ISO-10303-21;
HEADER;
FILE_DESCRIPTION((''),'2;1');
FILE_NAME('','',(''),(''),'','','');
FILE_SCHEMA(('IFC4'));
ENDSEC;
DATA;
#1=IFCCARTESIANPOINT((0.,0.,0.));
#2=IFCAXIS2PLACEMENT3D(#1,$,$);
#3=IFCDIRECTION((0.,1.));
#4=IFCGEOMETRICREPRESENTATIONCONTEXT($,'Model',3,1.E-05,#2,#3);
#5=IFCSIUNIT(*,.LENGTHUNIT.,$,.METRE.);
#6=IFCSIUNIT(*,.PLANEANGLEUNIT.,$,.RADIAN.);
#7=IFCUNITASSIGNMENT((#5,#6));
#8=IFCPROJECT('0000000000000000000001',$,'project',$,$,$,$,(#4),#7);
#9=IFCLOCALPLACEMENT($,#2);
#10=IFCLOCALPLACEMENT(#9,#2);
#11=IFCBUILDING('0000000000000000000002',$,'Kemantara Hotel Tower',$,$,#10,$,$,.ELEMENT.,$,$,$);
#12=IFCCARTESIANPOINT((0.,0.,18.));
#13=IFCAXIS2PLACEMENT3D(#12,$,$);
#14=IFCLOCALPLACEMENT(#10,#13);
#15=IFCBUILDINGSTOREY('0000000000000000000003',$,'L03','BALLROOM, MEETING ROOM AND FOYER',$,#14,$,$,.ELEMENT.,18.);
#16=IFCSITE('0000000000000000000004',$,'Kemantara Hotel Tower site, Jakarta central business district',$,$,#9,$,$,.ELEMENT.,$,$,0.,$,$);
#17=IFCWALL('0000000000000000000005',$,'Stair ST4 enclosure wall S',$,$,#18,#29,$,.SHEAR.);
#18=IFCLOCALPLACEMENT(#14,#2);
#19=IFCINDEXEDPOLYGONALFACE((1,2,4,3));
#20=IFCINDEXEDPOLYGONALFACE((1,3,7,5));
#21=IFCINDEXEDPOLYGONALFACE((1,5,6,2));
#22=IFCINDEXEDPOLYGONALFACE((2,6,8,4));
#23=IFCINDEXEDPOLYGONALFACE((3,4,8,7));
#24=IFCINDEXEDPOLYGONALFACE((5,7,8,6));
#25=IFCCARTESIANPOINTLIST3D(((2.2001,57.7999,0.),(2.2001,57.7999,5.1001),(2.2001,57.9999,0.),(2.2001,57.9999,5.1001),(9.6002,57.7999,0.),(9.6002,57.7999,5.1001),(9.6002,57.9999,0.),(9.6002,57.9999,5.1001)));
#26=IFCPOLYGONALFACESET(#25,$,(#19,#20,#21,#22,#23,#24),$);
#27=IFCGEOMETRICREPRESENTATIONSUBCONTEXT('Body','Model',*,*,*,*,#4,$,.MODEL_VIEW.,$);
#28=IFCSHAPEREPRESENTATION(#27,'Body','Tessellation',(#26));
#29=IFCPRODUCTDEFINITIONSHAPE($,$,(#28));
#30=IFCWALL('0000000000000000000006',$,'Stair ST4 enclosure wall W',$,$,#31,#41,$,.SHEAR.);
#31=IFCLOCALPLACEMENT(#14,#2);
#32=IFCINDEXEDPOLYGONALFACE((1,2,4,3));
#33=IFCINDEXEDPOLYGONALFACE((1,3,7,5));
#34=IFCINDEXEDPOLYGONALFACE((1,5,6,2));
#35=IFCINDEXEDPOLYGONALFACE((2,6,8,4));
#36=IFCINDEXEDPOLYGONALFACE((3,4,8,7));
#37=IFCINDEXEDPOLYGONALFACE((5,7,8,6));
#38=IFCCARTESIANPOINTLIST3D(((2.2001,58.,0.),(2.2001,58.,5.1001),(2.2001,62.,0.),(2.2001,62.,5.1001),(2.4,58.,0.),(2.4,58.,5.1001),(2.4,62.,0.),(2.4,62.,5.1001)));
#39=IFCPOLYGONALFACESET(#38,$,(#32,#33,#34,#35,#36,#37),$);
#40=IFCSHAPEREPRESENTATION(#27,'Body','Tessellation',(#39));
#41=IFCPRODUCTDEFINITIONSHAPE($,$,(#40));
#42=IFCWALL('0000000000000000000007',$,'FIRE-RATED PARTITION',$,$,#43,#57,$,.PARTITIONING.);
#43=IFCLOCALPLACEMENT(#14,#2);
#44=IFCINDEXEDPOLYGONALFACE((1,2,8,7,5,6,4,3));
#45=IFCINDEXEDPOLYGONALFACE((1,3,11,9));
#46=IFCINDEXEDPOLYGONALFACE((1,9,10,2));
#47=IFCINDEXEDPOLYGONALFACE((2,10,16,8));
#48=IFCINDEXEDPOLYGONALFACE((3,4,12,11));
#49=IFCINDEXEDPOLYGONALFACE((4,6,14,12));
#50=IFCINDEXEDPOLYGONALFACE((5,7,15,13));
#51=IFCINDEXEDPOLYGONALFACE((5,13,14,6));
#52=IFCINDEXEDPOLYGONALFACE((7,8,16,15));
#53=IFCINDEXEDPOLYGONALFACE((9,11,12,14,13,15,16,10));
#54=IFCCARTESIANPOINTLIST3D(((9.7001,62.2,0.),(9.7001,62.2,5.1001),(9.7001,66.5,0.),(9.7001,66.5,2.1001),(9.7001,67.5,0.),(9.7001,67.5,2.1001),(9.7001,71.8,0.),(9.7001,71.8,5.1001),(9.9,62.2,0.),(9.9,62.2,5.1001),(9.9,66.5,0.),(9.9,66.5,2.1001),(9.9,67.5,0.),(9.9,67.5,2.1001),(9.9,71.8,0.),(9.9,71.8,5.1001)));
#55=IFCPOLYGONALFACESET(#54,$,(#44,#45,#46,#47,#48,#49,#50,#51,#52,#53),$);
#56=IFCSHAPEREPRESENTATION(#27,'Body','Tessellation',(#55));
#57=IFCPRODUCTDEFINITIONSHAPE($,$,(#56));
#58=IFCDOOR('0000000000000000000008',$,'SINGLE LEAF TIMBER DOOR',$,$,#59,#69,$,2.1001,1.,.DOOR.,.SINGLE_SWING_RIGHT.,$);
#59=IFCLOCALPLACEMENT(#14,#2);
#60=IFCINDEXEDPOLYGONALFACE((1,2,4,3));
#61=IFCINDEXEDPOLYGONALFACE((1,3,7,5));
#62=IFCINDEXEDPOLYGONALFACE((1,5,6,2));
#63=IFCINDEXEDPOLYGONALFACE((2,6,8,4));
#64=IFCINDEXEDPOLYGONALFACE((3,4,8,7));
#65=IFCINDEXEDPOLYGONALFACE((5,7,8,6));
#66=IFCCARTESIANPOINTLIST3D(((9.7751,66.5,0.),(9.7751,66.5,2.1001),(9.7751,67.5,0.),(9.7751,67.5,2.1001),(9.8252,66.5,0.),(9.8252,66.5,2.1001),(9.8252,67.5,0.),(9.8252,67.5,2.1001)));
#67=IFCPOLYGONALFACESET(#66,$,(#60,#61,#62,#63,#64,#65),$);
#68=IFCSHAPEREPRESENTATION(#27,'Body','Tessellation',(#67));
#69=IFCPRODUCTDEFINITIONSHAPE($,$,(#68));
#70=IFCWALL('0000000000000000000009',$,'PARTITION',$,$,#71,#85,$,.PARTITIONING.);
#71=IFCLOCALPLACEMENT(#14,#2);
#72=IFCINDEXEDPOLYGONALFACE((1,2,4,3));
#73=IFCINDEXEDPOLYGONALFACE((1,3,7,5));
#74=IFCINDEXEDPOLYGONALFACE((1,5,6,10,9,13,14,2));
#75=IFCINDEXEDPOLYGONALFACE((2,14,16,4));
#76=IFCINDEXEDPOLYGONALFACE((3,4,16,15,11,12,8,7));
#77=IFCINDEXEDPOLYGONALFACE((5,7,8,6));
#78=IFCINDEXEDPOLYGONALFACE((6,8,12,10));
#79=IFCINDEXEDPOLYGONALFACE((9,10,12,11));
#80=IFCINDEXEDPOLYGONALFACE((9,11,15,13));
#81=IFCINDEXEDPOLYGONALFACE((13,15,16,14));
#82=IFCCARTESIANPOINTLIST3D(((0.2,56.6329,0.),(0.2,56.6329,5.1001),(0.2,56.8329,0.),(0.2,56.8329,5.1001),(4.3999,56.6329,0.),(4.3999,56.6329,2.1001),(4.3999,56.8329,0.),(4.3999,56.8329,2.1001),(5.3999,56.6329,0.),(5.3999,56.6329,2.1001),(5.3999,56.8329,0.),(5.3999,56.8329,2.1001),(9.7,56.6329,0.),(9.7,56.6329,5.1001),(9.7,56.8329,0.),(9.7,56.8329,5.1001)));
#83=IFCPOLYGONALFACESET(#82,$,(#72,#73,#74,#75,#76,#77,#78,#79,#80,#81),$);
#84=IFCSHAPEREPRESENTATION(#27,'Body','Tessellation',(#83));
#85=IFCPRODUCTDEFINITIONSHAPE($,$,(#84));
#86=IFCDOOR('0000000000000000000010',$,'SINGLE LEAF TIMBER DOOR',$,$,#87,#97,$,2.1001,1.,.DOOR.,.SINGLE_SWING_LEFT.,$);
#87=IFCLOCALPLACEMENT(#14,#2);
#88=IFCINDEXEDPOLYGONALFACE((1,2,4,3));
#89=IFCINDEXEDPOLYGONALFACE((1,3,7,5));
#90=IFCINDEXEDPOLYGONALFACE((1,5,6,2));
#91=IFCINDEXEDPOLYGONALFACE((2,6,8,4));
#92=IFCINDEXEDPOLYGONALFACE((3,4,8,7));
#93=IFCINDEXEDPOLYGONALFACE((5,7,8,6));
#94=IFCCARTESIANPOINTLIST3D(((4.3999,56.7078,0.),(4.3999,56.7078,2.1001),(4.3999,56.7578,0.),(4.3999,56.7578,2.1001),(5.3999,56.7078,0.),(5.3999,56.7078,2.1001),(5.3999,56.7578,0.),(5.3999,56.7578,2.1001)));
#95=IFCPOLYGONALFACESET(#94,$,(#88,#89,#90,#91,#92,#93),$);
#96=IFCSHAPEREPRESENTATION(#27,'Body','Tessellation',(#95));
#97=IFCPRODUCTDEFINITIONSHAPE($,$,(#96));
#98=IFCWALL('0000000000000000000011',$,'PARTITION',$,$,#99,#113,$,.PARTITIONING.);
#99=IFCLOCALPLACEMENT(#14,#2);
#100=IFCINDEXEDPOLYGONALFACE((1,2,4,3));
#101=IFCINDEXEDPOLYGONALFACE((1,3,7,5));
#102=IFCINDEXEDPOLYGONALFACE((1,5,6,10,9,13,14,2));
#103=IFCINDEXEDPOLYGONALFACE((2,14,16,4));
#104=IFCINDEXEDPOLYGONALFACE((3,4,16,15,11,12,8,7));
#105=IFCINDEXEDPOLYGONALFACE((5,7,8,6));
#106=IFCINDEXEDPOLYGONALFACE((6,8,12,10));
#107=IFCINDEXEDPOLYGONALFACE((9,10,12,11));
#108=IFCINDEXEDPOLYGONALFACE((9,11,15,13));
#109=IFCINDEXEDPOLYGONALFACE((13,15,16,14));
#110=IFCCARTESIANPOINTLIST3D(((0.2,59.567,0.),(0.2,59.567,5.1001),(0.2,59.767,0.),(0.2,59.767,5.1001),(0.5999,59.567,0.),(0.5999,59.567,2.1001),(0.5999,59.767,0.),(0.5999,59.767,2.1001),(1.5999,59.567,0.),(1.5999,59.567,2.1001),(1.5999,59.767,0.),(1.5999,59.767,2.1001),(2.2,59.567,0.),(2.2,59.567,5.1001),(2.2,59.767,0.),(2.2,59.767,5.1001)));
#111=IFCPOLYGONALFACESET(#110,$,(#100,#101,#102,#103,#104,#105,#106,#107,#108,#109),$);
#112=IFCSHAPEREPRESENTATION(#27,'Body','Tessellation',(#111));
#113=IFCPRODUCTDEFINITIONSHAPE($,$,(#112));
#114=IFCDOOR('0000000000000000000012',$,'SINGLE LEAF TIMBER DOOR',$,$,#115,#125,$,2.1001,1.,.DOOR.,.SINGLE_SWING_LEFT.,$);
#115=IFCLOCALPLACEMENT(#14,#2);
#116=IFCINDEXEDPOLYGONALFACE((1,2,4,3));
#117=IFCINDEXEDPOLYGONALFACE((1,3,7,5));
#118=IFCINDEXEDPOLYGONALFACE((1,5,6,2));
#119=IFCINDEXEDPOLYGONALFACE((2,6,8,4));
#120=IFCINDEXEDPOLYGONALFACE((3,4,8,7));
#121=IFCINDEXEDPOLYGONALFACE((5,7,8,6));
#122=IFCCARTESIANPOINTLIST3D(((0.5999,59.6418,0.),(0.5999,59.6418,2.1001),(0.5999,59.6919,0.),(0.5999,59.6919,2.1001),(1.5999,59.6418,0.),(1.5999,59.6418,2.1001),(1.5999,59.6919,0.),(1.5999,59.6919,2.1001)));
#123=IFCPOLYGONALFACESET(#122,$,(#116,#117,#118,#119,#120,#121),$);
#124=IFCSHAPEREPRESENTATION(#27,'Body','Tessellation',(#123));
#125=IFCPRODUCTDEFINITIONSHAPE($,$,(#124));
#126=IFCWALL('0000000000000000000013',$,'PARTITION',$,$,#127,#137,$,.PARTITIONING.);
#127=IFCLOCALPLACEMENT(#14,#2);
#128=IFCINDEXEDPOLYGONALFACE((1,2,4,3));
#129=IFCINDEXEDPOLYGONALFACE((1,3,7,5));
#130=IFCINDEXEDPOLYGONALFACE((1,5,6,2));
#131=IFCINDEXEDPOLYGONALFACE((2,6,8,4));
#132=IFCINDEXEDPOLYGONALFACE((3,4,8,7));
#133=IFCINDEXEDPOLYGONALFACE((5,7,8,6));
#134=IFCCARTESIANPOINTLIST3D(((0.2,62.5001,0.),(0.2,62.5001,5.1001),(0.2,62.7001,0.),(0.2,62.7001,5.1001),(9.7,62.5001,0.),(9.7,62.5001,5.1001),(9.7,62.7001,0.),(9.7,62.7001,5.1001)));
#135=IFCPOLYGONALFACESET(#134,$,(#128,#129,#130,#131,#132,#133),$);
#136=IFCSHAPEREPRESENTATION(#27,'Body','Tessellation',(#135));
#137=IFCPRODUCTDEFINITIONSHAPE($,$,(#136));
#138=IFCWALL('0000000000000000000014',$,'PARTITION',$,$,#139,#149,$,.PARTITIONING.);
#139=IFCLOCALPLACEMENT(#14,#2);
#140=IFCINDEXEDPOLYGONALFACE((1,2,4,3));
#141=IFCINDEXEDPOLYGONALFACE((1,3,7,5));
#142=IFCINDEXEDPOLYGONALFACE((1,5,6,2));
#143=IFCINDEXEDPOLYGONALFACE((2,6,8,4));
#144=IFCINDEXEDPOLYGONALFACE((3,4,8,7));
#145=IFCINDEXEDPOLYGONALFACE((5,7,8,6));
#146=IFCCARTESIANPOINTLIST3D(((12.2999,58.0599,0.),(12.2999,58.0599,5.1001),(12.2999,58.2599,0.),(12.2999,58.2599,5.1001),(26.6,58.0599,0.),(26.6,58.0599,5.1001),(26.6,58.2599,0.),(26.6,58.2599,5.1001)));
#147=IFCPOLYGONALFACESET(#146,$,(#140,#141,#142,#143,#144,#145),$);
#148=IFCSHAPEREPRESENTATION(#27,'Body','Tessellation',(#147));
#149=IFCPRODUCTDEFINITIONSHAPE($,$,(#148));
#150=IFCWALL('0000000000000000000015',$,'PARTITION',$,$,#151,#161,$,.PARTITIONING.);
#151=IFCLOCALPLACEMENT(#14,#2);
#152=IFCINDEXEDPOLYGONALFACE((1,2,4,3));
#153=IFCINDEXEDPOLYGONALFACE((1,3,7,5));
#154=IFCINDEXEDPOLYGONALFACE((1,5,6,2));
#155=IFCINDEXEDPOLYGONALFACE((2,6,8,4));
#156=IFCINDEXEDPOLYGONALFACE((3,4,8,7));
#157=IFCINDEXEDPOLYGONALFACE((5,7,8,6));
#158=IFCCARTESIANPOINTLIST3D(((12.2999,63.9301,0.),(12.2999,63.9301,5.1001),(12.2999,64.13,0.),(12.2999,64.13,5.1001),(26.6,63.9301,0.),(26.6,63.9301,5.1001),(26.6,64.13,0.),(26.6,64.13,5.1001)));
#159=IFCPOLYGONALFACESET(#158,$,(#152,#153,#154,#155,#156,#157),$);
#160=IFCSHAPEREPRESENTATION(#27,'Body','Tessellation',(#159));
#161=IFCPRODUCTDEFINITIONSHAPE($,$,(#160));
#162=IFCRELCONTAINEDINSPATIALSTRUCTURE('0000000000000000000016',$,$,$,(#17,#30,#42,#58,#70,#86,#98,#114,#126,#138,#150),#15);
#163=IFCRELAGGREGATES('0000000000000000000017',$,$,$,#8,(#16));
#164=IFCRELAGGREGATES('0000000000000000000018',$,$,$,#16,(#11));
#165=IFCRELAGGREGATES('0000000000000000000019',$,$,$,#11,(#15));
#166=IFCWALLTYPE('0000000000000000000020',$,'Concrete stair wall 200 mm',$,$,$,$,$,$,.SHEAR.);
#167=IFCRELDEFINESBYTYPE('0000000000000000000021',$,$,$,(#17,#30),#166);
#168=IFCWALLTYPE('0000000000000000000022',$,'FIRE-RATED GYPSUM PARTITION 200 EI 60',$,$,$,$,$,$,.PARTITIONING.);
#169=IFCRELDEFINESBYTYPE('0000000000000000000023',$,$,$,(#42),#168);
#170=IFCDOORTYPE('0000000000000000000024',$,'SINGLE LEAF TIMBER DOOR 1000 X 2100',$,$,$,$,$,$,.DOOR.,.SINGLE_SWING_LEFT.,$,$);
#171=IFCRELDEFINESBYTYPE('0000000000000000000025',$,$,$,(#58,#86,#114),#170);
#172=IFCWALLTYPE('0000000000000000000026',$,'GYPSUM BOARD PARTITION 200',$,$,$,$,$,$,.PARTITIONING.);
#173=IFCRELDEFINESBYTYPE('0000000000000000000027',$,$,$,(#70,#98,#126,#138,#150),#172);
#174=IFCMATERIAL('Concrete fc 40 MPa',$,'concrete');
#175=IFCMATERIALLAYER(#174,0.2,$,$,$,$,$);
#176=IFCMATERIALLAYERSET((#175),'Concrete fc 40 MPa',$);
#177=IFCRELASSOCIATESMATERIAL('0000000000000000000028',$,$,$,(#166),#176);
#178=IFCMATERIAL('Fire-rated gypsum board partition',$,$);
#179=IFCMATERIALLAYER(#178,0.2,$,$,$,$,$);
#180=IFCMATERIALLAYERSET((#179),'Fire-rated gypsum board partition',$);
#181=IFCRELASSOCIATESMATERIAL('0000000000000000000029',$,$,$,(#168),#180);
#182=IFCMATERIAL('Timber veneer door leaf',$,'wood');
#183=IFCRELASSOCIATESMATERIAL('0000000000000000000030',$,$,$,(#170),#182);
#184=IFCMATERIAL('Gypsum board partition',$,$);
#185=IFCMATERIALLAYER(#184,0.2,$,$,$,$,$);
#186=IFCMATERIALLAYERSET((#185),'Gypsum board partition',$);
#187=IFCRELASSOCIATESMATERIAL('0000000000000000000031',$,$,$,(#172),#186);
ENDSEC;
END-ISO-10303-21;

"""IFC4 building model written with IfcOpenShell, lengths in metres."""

from ifc_helpers import new_model, si_unit, direction, frame, frame_2d, origin, place, context, subcontext, project, spatial, rectangle, extrude, material, layer, layer_set, type_object, element, fill, save


model = new_model("IFC4")

# Units and contexts
model_context = context("Model", 3, precision=1e-05, world=origin(), true_north=direction((0.0, 1.0)))
body_context = subcontext(model_context, "Body", "Model", "MODEL_VIEW")
ifc_project = project(units=[si_unit("LENGTHUNIT", "METRE"), si_unit("PLANEANGLEUNIT", "RADIAN")], contexts=[model_context])

# Site, building, storey
site_placement = place(None, origin())
site = spatial("IfcSite", under=ifc_project, at=site_placement, Name="Kemantara Hotel Tower site, Jakarta central business district", CompositionType="ELEMENT", RefElevation=0.0)
building_placement = place(site_placement, origin())
building = spatial("IfcBuilding", under=site, at=building_placement, Name="Kemantara Hotel Tower", CompositionType="ELEMENT")
storey_placement = place(building_placement, frame((0.0, 0.0, 18.0)))
storey = spatial("IfcBuildingStorey", under=building, at=storey_placement, Name="L03", Description="BALLROOM, MEETING ROOM AND FOYER", CompositionType="ELEMENT", Elevation=18.0)

# Shared definitions
ifc_material_1 = material(Name="Concrete fc 40 MPa", Category="concrete")
ifc_layer_1 = layer(ifc_material_1, 0.2)
ifc_layer_set_1 = layer_set([ifc_layer_1], Name="Concrete fc 40 MPa")
wall_type_1 = type_object("IfcWallType", Name="Concrete stair wall 200 mm", PredefinedType="SHEAR", material=ifc_layer_set_1)

# Walls
wall_1_placement = place(storey_placement, frame((2.2, 57.8999, 0.0), z_axis=(0.0, 0.0, 1.0), x_axis=(1.0, 0.0, 0.0)))
element("IfcWall", 1, at=wall_1_placement, inside=storey, type_object=wall_type_1, Name="Stair ST4 enclosure wall S", PredefinedType="SHEAR", context=body_context, shape_type="SweptSolid", body=[
    extrude(rectangle(XDim=7.4001, YDim=0.2, at=frame_2d((3.7002, 0.0))), origin(), (0.0, 0.0, 1.0), 5.1001),
])
wall_2_placement = place(storey_placement, frame((2.3, 58.0, 0.0), z_axis=(0.0, 0.0, 1.0), x_axis=(0.0, 1.0, 0.0)))
element("IfcWall", 2, at=wall_2_placement, inside=storey, type_object=wall_type_1, Name="Stair ST4 enclosure wall W", PredefinedType="SHEAR", context=body_context, shape_type="SweptSolid", body=[
    extrude(rectangle(XDim=4.0, YDim=0.2, at=frame_2d((2.0, 0.0))), origin(), (0.0, 0.0, 1.0), 5.1001),
])

# Walls, openings, doors
ifc_material_2 = material(Name="Fire-rated gypsum board partition")
ifc_layer_2 = layer(ifc_material_2, 0.2)
ifc_layer_set_2 = layer_set([ifc_layer_2], Name="Fire-rated gypsum board partition")
wall_type_2 = type_object("IfcWallType", Name="FIRE-RATED GYPSUM PARTITION 200 EI 60", PredefinedType="PARTITIONING", material=ifc_layer_set_2)
wall_3_placement = place(storey_placement, frame((9.8, 62.2, 0.0), z_axis=(0.0, 0.0, 1.0), x_axis=(0.0, 1.0, 0.0)))
wall_3 = element("IfcWall", 3, at=wall_3_placement, inside=storey, type_object=wall_type_2, Name="FIRE-RATED PARTITION", PredefinedType="PARTITIONING", context=body_context, shape_type="SweptSolid", body=[
    extrude(rectangle(XDim=9.6001, YDim=0.2, at=frame_2d((4.8, 0.0))), origin(), (0.0, 0.0, 1.0), 5.1001),
])
opening_1_placement = place(wall_3_placement, frame((4.3, 0.0, 0.0)))
opening_1 = element("IfcOpeningElement", 4, at=opening_1_placement, cuts=wall_3, PredefinedType="OPENING", context=body_context, shape_type="SweptSolid", body=[
    extrude(rectangle(XDim=1.0, YDim=2.1001, at=frame_2d((0.5, 1.05))), frame((0.0, 0.1099, 0.0), z_axis=(0.0, -1.0, 0.0), x_axis=(1.0, 0.0, 0.0)), (0.0, 0.0, 1.0), 0.22),
])
ifc_material_3 = material(Name="Timber veneer door leaf", Category="wood")
door_type_1 = type_object("IfcDoorType", Name="SINGLE LEAF TIMBER DOOR 1000 X 2100", OperationType="SINGLE_SWING_LEFT", PredefinedType="DOOR", material=ifc_material_3)
door_1_placement = place(opening_1_placement, origin())
door_1 = element("IfcDoor", 5, at=door_1_placement, inside=storey, type_object=door_type_1, Name="SINGLE LEAF TIMBER DOOR", OperationType="SINGLE_SWING_RIGHT", OverallHeight=2.1001, OverallWidth=1.0, PredefinedType="DOOR", context=body_context, shape_type="SweptSolid", body=[
    extrude(rectangle(XDim=1.0, YDim=2.1001, at=frame_2d((0.5, 1.05))), frame((0.0, 0.0249, 0.0), z_axis=(0.0, -1.0, 0.0), x_axis=(1.0, 0.0, 0.0)), (0.0, 0.0, 1.0), 0.05),
])
fill(opening_1, door_1)
ifc_material_4 = material(Name="Gypsum board partition")
ifc_layer_3 = layer(ifc_material_4, 0.2)
ifc_layer_set_3 = layer_set([ifc_layer_3], Name="Gypsum board partition")
wall_type_3 = type_object("IfcWallType", Name="GYPSUM BOARD PARTITION 200", PredefinedType="PARTITIONING", material=ifc_layer_set_3)
wall_4_placement = place(storey_placement, frame((0.2, 56.7329, 0.0), z_axis=(0.0, 0.0, 1.0), x_axis=(1.0, 0.0, 0.0)))
wall_4 = element("IfcWall", 6, at=wall_4_placement, inside=storey, type_object=wall_type_3, Name="PARTITION", PredefinedType="PARTITIONING", context=body_context, shape_type="SweptSolid", body=[
    extrude(rectangle(XDim=9.5, YDim=0.2, at=frame_2d((4.75, 0.0))), origin(), (0.0, 0.0, 1.0), 5.1001),
])
opening_2_placement = place(wall_4_placement, frame((4.2, 0.0, 0.0)))
opening_2 = element("IfcOpeningElement", 7, at=opening_2_placement, cuts=wall_4, PredefinedType="OPENING", context=body_context, shape_type="SweptSolid", body=[
    extrude(rectangle(XDim=1.0, YDim=2.1001, at=frame_2d((0.5, 1.05))), frame((0.0, 0.1099, 0.0), z_axis=(0.0, -1.0, 0.0), x_axis=(1.0, 0.0, 0.0)), (0.0, 0.0, 1.0), 0.22),
])
door_2_placement = place(opening_2_placement, origin())
door_2 = element("IfcDoor", 8, at=door_2_placement, inside=storey, type_object=door_type_1, Name="SINGLE LEAF TIMBER DOOR", OperationType="SINGLE_SWING_LEFT", OverallHeight=2.1001, OverallWidth=1.0, PredefinedType="DOOR", context=body_context, shape_type="SweptSolid", body=[
    extrude(rectangle(XDim=1.0, YDim=2.1001, at=frame_2d((0.5, 1.05))), frame((0.0, 0.0249, 0.0), z_axis=(0.0, -1.0, 0.0), x_axis=(1.0, 0.0, 0.0)), (0.0, 0.0, 1.0), 0.05),
])
fill(opening_2, door_2)
wall_5_placement = place(storey_placement, frame((0.2, 59.667, 0.0), z_axis=(0.0, 0.0, 1.0), x_axis=(1.0, 0.0, 0.0)))
wall_5 = element("IfcWall", 9, at=wall_5_placement, inside=storey, type_object=wall_type_3, Name="PARTITION", PredefinedType="PARTITIONING", context=body_context, shape_type="SweptSolid", body=[
    extrude(rectangle(XDim=2.0, YDim=0.2, at=frame_2d((1.0, 0.0))), origin(), (0.0, 0.0, 1.0), 5.1001),
])
opening_3_placement = place(wall_5_placement, frame((0.3999, 0.0, 0.0)))
opening_3 = element("IfcOpeningElement", 10, at=opening_3_placement, cuts=wall_5, PredefinedType="OPENING", context=body_context, shape_type="SweptSolid", body=[
    extrude(rectangle(XDim=1.0, YDim=2.1001, at=frame_2d((0.5, 1.05))), frame((0.0, 0.1099, 0.0), z_axis=(0.0, -1.0, 0.0), x_axis=(1.0, 0.0, 0.0)), (0.0, 0.0, 1.0), 0.22),
])
door_3_placement = place(opening_3_placement, origin())
door_3 = element("IfcDoor", 11, at=door_3_placement, inside=storey, type_object=door_type_1, Name="SINGLE LEAF TIMBER DOOR", OperationType="SINGLE_SWING_LEFT", OverallHeight=2.1001, OverallWidth=1.0, PredefinedType="DOOR", context=body_context, shape_type="SweptSolid", body=[
    extrude(rectangle(XDim=1.0, YDim=2.1001, at=frame_2d((0.5, 1.05))), frame((0.0, 0.0249, 0.0), z_axis=(0.0, -1.0, 0.0), x_axis=(1.0, 0.0, 0.0)), (0.0, 0.0, 1.0), 0.05),
])
fill(opening_3, door_3)

# Walls
wall_6_placement = place(storey_placement, frame((0.2, 62.6001, 0.0), z_axis=(0.0, 0.0, 1.0), x_axis=(1.0, 0.0, 0.0)))
element("IfcWall", 12, at=wall_6_placement, inside=storey, type_object=wall_type_3, Name="PARTITION", PredefinedType="PARTITIONING", context=body_context, shape_type="SweptSolid", body=[
    extrude(rectangle(XDim=9.5, YDim=0.2, at=frame_2d((4.75, 0.0))), origin(), (0.0, 0.0, 1.0), 5.1001),
])
for number, where, z_axis, x_axis, name in (
    (13, (12.3, 58.1599, 0.0), (0.0, 0.0, 1.0), (1.0, 0.0, 0.0), "PARTITION"),
    (14, (12.3, 64.03, 0.0), (0.0, 0.0, 1.0), (1.0, 0.0, 0.0), "PARTITION"),
):
    element("IfcWall", number, at=place(storey_placement, frame(where, z_axis=z_axis, x_axis=x_axis)), inside=storey, type_object=wall_type_3, Name=name, PredefinedType="PARTITIONING", context=body_context, shape_type="SweptSolid", body=[
        extrude(rectangle(XDim=14.3, YDim=0.2, at=frame_2d((7.1499, 0.0))), origin(), (0.0, 0.0, 1.0), 5.1001),
    ])

save(model, "model.ifc")
